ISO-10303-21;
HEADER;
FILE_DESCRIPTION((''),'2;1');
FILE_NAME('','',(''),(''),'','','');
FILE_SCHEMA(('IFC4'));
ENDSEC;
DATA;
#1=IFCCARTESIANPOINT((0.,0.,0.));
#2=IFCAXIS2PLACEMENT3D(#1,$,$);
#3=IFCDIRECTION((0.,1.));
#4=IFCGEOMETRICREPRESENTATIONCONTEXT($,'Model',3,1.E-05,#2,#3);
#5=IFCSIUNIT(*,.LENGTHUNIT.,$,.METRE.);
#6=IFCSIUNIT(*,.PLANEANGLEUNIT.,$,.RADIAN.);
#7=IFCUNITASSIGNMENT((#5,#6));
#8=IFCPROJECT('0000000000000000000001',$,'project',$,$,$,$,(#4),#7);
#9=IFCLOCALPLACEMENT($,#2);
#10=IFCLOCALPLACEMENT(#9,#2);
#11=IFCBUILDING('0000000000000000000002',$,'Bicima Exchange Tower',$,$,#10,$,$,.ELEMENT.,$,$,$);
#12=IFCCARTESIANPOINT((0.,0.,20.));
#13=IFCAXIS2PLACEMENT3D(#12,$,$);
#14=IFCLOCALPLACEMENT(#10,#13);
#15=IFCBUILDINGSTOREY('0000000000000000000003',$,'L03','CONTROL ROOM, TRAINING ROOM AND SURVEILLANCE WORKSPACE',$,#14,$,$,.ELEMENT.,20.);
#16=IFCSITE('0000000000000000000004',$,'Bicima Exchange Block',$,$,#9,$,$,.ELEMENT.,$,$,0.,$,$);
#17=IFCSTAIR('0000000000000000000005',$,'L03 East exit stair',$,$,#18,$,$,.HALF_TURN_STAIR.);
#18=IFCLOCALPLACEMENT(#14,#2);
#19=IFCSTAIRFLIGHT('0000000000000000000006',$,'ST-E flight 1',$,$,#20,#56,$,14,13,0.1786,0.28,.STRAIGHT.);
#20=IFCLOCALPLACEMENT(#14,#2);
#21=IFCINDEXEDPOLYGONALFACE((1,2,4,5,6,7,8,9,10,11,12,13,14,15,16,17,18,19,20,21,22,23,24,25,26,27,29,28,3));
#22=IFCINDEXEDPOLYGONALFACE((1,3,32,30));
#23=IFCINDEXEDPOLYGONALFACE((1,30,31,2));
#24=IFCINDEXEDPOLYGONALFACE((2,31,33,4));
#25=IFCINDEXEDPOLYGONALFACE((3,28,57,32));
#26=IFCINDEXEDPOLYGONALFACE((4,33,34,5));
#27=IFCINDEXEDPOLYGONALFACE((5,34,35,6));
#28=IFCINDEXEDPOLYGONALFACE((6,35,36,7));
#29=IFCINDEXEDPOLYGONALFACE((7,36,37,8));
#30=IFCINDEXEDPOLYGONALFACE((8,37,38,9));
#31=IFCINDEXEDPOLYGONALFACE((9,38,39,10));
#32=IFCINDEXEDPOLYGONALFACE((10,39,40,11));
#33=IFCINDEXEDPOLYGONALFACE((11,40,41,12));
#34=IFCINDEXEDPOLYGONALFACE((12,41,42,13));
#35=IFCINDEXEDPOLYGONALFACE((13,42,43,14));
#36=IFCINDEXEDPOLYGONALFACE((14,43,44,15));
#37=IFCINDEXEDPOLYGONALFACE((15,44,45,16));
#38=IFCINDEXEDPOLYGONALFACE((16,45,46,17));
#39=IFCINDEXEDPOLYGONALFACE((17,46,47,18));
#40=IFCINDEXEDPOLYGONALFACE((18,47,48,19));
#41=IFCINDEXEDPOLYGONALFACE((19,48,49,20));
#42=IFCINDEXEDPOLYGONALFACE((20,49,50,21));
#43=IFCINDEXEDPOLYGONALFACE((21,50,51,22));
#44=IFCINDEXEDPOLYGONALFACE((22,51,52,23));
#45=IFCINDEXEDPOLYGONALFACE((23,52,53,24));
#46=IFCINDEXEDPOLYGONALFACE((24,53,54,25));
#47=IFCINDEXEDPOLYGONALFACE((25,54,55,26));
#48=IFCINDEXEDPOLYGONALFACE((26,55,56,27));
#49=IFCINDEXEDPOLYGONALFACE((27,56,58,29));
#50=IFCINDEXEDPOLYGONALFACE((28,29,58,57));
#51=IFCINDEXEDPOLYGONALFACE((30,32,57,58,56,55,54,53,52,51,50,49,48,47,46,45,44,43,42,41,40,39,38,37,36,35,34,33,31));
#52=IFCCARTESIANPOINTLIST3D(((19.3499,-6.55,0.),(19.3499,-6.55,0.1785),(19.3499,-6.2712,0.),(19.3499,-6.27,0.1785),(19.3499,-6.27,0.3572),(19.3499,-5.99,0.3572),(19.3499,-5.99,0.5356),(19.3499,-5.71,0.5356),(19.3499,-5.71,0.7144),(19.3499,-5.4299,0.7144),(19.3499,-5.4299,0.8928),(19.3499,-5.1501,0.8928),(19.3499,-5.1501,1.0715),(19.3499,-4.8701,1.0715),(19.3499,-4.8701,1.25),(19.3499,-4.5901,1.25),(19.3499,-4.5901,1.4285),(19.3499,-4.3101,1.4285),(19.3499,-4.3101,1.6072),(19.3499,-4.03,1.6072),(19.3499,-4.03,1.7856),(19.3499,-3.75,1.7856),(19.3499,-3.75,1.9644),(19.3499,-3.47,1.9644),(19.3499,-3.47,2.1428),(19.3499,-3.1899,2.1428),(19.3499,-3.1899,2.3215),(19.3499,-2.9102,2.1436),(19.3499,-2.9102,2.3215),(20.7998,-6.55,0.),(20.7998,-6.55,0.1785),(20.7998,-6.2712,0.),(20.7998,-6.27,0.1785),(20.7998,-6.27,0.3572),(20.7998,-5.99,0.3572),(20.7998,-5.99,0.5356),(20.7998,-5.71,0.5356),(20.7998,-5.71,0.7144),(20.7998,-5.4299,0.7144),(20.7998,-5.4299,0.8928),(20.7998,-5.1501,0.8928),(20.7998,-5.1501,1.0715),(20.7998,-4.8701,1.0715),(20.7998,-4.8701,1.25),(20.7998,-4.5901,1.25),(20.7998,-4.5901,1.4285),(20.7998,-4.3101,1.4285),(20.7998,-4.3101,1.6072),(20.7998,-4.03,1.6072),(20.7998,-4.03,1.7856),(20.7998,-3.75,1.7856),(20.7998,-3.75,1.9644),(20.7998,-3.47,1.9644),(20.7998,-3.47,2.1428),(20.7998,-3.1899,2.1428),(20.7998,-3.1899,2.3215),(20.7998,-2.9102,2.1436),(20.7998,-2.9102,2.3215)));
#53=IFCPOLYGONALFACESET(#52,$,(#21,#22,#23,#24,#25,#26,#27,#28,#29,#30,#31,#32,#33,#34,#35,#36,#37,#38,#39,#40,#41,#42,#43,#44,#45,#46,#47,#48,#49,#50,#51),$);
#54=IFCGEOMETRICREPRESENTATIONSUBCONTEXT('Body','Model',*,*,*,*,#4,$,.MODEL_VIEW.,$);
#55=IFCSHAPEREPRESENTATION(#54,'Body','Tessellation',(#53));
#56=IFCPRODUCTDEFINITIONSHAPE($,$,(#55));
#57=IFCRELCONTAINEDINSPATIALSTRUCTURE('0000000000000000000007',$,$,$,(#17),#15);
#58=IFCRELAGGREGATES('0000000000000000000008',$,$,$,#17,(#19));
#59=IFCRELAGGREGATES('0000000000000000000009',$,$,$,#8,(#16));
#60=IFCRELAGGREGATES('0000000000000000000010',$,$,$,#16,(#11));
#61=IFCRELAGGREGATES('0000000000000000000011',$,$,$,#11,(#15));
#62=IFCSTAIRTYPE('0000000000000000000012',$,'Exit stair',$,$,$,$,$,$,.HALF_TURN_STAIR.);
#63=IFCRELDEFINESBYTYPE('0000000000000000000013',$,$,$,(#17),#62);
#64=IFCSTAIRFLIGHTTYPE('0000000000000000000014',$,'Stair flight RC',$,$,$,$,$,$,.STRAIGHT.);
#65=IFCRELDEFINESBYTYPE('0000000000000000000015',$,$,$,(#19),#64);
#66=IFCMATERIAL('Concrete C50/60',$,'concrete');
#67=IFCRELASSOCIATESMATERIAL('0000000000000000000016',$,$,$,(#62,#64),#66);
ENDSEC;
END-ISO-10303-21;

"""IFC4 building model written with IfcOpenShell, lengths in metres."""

from ifc_helpers import new_model, si_unit, direction, frame, origin, place, context, subcontext, project, spatial, polyline, outline, extrude, material, type_object, element, aggregate, save


model = new_model("IFC4")

# Units and contexts
model_context = context("Model", 3, precision=1e-05, world=origin(), true_north=direction((0.0, 1.0)))
body_context = subcontext(model_context, "Body", "Model", "MODEL_VIEW")
ifc_project = project(units=[si_unit("LENGTHUNIT", "METRE"), si_unit("PLANEANGLEUNIT", "RADIAN")], contexts=[model_context])

# Site, building, storey
site_placement = place(None, origin())
site = spatial("IfcSite", under=ifc_project, at=site_placement, Name="Bicima Exchange Block", CompositionType="ELEMENT", RefElevation=0.0)
building_placement = place(site_placement, origin())
building = spatial("IfcBuilding", under=site, at=building_placement, Name="Bicima Exchange Tower", CompositionType="ELEMENT")
storey_placement = place(building_placement, frame((0.0, 0.0, 20.0)))
storey = spatial("IfcBuildingStorey", under=building, at=storey_placement, Name="L03", Description="CONTROL ROOM, TRAINING ROOM AND SURVEILLANCE WORKSPACE", CompositionType="ELEMENT", Elevation=20.0)

# Shared definitions
ifc_material_1 = material(Name="Concrete C50/60", Category="concrete")

# Stair, stair flight
stair_type = type_object("IfcStairType", Name="Exit stair", PredefinedType="HALF_TURN_STAIR", material=ifc_material_1)
stair_placement = place(storey_placement, origin())
stair = element("IfcStair", 1, at=stair_placement, inside=storey, type_object=stair_type, Name="L03 East exit stair", PredefinedType="HALF_TURN_STAIR")
stair_flight_type = type_object("IfcStairFlightType", Name="Stair flight RC", PredefinedType="STRAIGHT", material=ifc_material_1)
stair_flight_placement = place(storey_placement, frame((20.075, -6.55, 0.0), z_axis=(0.0, 0.0, 1.0), x_axis=(0.0, 1.0, 0.0)))
stair_flight = element("IfcStairFlight", 2, at=stair_flight_placement, type_object=stair_flight_type, Name="ST-E flight 1", NumberOfRisers=14, NumberOfTreads=13, PredefinedType="STRAIGHT", RiserHeight=0.1786, TreadLength=0.28, context=body_context, shape_type="SweptSolid", body=[
    extrude(outline(polyline([(0.0, 0.0), (0.0, 0.1785), (0.28, 0.1785), (0.28, 0.3572), (0.5601, 0.3572), (0.5601, 0.5356), (0.8401, 0.5356), (0.8401, 0.7144), (1.1201, 0.7144), (1.1201, 0.8928), (1.3999, 0.8928), (1.3999, 1.0715), (1.6799, 1.0715), (1.6799, 1.25), (1.96, 1.25), (1.96, 1.4285), (2.24, 1.4285), (2.24, 1.6072), (2.52, 1.6072), (2.52, 1.7856), (2.8, 1.7856), (2.8, 1.9644), (3.0801, 1.9644), (3.0801, 2.1428), (3.3601, 2.1428), (3.3601, 2.3215), (3.6399, 2.3215), (3.6399, 2.5), (3.6399, 2.1436), (0.2788, 0.0), (0.0, 0.0)])), frame((0.0, 0.7251, 0.0), z_axis=(0.0, -1.0, 0.0), x_axis=(1.0, 0.0, 0.0)), (0.0, 0.0, 1.0), 1.45),
])
aggregate(stair, [stair_flight])

save(model, "model.ifc")
